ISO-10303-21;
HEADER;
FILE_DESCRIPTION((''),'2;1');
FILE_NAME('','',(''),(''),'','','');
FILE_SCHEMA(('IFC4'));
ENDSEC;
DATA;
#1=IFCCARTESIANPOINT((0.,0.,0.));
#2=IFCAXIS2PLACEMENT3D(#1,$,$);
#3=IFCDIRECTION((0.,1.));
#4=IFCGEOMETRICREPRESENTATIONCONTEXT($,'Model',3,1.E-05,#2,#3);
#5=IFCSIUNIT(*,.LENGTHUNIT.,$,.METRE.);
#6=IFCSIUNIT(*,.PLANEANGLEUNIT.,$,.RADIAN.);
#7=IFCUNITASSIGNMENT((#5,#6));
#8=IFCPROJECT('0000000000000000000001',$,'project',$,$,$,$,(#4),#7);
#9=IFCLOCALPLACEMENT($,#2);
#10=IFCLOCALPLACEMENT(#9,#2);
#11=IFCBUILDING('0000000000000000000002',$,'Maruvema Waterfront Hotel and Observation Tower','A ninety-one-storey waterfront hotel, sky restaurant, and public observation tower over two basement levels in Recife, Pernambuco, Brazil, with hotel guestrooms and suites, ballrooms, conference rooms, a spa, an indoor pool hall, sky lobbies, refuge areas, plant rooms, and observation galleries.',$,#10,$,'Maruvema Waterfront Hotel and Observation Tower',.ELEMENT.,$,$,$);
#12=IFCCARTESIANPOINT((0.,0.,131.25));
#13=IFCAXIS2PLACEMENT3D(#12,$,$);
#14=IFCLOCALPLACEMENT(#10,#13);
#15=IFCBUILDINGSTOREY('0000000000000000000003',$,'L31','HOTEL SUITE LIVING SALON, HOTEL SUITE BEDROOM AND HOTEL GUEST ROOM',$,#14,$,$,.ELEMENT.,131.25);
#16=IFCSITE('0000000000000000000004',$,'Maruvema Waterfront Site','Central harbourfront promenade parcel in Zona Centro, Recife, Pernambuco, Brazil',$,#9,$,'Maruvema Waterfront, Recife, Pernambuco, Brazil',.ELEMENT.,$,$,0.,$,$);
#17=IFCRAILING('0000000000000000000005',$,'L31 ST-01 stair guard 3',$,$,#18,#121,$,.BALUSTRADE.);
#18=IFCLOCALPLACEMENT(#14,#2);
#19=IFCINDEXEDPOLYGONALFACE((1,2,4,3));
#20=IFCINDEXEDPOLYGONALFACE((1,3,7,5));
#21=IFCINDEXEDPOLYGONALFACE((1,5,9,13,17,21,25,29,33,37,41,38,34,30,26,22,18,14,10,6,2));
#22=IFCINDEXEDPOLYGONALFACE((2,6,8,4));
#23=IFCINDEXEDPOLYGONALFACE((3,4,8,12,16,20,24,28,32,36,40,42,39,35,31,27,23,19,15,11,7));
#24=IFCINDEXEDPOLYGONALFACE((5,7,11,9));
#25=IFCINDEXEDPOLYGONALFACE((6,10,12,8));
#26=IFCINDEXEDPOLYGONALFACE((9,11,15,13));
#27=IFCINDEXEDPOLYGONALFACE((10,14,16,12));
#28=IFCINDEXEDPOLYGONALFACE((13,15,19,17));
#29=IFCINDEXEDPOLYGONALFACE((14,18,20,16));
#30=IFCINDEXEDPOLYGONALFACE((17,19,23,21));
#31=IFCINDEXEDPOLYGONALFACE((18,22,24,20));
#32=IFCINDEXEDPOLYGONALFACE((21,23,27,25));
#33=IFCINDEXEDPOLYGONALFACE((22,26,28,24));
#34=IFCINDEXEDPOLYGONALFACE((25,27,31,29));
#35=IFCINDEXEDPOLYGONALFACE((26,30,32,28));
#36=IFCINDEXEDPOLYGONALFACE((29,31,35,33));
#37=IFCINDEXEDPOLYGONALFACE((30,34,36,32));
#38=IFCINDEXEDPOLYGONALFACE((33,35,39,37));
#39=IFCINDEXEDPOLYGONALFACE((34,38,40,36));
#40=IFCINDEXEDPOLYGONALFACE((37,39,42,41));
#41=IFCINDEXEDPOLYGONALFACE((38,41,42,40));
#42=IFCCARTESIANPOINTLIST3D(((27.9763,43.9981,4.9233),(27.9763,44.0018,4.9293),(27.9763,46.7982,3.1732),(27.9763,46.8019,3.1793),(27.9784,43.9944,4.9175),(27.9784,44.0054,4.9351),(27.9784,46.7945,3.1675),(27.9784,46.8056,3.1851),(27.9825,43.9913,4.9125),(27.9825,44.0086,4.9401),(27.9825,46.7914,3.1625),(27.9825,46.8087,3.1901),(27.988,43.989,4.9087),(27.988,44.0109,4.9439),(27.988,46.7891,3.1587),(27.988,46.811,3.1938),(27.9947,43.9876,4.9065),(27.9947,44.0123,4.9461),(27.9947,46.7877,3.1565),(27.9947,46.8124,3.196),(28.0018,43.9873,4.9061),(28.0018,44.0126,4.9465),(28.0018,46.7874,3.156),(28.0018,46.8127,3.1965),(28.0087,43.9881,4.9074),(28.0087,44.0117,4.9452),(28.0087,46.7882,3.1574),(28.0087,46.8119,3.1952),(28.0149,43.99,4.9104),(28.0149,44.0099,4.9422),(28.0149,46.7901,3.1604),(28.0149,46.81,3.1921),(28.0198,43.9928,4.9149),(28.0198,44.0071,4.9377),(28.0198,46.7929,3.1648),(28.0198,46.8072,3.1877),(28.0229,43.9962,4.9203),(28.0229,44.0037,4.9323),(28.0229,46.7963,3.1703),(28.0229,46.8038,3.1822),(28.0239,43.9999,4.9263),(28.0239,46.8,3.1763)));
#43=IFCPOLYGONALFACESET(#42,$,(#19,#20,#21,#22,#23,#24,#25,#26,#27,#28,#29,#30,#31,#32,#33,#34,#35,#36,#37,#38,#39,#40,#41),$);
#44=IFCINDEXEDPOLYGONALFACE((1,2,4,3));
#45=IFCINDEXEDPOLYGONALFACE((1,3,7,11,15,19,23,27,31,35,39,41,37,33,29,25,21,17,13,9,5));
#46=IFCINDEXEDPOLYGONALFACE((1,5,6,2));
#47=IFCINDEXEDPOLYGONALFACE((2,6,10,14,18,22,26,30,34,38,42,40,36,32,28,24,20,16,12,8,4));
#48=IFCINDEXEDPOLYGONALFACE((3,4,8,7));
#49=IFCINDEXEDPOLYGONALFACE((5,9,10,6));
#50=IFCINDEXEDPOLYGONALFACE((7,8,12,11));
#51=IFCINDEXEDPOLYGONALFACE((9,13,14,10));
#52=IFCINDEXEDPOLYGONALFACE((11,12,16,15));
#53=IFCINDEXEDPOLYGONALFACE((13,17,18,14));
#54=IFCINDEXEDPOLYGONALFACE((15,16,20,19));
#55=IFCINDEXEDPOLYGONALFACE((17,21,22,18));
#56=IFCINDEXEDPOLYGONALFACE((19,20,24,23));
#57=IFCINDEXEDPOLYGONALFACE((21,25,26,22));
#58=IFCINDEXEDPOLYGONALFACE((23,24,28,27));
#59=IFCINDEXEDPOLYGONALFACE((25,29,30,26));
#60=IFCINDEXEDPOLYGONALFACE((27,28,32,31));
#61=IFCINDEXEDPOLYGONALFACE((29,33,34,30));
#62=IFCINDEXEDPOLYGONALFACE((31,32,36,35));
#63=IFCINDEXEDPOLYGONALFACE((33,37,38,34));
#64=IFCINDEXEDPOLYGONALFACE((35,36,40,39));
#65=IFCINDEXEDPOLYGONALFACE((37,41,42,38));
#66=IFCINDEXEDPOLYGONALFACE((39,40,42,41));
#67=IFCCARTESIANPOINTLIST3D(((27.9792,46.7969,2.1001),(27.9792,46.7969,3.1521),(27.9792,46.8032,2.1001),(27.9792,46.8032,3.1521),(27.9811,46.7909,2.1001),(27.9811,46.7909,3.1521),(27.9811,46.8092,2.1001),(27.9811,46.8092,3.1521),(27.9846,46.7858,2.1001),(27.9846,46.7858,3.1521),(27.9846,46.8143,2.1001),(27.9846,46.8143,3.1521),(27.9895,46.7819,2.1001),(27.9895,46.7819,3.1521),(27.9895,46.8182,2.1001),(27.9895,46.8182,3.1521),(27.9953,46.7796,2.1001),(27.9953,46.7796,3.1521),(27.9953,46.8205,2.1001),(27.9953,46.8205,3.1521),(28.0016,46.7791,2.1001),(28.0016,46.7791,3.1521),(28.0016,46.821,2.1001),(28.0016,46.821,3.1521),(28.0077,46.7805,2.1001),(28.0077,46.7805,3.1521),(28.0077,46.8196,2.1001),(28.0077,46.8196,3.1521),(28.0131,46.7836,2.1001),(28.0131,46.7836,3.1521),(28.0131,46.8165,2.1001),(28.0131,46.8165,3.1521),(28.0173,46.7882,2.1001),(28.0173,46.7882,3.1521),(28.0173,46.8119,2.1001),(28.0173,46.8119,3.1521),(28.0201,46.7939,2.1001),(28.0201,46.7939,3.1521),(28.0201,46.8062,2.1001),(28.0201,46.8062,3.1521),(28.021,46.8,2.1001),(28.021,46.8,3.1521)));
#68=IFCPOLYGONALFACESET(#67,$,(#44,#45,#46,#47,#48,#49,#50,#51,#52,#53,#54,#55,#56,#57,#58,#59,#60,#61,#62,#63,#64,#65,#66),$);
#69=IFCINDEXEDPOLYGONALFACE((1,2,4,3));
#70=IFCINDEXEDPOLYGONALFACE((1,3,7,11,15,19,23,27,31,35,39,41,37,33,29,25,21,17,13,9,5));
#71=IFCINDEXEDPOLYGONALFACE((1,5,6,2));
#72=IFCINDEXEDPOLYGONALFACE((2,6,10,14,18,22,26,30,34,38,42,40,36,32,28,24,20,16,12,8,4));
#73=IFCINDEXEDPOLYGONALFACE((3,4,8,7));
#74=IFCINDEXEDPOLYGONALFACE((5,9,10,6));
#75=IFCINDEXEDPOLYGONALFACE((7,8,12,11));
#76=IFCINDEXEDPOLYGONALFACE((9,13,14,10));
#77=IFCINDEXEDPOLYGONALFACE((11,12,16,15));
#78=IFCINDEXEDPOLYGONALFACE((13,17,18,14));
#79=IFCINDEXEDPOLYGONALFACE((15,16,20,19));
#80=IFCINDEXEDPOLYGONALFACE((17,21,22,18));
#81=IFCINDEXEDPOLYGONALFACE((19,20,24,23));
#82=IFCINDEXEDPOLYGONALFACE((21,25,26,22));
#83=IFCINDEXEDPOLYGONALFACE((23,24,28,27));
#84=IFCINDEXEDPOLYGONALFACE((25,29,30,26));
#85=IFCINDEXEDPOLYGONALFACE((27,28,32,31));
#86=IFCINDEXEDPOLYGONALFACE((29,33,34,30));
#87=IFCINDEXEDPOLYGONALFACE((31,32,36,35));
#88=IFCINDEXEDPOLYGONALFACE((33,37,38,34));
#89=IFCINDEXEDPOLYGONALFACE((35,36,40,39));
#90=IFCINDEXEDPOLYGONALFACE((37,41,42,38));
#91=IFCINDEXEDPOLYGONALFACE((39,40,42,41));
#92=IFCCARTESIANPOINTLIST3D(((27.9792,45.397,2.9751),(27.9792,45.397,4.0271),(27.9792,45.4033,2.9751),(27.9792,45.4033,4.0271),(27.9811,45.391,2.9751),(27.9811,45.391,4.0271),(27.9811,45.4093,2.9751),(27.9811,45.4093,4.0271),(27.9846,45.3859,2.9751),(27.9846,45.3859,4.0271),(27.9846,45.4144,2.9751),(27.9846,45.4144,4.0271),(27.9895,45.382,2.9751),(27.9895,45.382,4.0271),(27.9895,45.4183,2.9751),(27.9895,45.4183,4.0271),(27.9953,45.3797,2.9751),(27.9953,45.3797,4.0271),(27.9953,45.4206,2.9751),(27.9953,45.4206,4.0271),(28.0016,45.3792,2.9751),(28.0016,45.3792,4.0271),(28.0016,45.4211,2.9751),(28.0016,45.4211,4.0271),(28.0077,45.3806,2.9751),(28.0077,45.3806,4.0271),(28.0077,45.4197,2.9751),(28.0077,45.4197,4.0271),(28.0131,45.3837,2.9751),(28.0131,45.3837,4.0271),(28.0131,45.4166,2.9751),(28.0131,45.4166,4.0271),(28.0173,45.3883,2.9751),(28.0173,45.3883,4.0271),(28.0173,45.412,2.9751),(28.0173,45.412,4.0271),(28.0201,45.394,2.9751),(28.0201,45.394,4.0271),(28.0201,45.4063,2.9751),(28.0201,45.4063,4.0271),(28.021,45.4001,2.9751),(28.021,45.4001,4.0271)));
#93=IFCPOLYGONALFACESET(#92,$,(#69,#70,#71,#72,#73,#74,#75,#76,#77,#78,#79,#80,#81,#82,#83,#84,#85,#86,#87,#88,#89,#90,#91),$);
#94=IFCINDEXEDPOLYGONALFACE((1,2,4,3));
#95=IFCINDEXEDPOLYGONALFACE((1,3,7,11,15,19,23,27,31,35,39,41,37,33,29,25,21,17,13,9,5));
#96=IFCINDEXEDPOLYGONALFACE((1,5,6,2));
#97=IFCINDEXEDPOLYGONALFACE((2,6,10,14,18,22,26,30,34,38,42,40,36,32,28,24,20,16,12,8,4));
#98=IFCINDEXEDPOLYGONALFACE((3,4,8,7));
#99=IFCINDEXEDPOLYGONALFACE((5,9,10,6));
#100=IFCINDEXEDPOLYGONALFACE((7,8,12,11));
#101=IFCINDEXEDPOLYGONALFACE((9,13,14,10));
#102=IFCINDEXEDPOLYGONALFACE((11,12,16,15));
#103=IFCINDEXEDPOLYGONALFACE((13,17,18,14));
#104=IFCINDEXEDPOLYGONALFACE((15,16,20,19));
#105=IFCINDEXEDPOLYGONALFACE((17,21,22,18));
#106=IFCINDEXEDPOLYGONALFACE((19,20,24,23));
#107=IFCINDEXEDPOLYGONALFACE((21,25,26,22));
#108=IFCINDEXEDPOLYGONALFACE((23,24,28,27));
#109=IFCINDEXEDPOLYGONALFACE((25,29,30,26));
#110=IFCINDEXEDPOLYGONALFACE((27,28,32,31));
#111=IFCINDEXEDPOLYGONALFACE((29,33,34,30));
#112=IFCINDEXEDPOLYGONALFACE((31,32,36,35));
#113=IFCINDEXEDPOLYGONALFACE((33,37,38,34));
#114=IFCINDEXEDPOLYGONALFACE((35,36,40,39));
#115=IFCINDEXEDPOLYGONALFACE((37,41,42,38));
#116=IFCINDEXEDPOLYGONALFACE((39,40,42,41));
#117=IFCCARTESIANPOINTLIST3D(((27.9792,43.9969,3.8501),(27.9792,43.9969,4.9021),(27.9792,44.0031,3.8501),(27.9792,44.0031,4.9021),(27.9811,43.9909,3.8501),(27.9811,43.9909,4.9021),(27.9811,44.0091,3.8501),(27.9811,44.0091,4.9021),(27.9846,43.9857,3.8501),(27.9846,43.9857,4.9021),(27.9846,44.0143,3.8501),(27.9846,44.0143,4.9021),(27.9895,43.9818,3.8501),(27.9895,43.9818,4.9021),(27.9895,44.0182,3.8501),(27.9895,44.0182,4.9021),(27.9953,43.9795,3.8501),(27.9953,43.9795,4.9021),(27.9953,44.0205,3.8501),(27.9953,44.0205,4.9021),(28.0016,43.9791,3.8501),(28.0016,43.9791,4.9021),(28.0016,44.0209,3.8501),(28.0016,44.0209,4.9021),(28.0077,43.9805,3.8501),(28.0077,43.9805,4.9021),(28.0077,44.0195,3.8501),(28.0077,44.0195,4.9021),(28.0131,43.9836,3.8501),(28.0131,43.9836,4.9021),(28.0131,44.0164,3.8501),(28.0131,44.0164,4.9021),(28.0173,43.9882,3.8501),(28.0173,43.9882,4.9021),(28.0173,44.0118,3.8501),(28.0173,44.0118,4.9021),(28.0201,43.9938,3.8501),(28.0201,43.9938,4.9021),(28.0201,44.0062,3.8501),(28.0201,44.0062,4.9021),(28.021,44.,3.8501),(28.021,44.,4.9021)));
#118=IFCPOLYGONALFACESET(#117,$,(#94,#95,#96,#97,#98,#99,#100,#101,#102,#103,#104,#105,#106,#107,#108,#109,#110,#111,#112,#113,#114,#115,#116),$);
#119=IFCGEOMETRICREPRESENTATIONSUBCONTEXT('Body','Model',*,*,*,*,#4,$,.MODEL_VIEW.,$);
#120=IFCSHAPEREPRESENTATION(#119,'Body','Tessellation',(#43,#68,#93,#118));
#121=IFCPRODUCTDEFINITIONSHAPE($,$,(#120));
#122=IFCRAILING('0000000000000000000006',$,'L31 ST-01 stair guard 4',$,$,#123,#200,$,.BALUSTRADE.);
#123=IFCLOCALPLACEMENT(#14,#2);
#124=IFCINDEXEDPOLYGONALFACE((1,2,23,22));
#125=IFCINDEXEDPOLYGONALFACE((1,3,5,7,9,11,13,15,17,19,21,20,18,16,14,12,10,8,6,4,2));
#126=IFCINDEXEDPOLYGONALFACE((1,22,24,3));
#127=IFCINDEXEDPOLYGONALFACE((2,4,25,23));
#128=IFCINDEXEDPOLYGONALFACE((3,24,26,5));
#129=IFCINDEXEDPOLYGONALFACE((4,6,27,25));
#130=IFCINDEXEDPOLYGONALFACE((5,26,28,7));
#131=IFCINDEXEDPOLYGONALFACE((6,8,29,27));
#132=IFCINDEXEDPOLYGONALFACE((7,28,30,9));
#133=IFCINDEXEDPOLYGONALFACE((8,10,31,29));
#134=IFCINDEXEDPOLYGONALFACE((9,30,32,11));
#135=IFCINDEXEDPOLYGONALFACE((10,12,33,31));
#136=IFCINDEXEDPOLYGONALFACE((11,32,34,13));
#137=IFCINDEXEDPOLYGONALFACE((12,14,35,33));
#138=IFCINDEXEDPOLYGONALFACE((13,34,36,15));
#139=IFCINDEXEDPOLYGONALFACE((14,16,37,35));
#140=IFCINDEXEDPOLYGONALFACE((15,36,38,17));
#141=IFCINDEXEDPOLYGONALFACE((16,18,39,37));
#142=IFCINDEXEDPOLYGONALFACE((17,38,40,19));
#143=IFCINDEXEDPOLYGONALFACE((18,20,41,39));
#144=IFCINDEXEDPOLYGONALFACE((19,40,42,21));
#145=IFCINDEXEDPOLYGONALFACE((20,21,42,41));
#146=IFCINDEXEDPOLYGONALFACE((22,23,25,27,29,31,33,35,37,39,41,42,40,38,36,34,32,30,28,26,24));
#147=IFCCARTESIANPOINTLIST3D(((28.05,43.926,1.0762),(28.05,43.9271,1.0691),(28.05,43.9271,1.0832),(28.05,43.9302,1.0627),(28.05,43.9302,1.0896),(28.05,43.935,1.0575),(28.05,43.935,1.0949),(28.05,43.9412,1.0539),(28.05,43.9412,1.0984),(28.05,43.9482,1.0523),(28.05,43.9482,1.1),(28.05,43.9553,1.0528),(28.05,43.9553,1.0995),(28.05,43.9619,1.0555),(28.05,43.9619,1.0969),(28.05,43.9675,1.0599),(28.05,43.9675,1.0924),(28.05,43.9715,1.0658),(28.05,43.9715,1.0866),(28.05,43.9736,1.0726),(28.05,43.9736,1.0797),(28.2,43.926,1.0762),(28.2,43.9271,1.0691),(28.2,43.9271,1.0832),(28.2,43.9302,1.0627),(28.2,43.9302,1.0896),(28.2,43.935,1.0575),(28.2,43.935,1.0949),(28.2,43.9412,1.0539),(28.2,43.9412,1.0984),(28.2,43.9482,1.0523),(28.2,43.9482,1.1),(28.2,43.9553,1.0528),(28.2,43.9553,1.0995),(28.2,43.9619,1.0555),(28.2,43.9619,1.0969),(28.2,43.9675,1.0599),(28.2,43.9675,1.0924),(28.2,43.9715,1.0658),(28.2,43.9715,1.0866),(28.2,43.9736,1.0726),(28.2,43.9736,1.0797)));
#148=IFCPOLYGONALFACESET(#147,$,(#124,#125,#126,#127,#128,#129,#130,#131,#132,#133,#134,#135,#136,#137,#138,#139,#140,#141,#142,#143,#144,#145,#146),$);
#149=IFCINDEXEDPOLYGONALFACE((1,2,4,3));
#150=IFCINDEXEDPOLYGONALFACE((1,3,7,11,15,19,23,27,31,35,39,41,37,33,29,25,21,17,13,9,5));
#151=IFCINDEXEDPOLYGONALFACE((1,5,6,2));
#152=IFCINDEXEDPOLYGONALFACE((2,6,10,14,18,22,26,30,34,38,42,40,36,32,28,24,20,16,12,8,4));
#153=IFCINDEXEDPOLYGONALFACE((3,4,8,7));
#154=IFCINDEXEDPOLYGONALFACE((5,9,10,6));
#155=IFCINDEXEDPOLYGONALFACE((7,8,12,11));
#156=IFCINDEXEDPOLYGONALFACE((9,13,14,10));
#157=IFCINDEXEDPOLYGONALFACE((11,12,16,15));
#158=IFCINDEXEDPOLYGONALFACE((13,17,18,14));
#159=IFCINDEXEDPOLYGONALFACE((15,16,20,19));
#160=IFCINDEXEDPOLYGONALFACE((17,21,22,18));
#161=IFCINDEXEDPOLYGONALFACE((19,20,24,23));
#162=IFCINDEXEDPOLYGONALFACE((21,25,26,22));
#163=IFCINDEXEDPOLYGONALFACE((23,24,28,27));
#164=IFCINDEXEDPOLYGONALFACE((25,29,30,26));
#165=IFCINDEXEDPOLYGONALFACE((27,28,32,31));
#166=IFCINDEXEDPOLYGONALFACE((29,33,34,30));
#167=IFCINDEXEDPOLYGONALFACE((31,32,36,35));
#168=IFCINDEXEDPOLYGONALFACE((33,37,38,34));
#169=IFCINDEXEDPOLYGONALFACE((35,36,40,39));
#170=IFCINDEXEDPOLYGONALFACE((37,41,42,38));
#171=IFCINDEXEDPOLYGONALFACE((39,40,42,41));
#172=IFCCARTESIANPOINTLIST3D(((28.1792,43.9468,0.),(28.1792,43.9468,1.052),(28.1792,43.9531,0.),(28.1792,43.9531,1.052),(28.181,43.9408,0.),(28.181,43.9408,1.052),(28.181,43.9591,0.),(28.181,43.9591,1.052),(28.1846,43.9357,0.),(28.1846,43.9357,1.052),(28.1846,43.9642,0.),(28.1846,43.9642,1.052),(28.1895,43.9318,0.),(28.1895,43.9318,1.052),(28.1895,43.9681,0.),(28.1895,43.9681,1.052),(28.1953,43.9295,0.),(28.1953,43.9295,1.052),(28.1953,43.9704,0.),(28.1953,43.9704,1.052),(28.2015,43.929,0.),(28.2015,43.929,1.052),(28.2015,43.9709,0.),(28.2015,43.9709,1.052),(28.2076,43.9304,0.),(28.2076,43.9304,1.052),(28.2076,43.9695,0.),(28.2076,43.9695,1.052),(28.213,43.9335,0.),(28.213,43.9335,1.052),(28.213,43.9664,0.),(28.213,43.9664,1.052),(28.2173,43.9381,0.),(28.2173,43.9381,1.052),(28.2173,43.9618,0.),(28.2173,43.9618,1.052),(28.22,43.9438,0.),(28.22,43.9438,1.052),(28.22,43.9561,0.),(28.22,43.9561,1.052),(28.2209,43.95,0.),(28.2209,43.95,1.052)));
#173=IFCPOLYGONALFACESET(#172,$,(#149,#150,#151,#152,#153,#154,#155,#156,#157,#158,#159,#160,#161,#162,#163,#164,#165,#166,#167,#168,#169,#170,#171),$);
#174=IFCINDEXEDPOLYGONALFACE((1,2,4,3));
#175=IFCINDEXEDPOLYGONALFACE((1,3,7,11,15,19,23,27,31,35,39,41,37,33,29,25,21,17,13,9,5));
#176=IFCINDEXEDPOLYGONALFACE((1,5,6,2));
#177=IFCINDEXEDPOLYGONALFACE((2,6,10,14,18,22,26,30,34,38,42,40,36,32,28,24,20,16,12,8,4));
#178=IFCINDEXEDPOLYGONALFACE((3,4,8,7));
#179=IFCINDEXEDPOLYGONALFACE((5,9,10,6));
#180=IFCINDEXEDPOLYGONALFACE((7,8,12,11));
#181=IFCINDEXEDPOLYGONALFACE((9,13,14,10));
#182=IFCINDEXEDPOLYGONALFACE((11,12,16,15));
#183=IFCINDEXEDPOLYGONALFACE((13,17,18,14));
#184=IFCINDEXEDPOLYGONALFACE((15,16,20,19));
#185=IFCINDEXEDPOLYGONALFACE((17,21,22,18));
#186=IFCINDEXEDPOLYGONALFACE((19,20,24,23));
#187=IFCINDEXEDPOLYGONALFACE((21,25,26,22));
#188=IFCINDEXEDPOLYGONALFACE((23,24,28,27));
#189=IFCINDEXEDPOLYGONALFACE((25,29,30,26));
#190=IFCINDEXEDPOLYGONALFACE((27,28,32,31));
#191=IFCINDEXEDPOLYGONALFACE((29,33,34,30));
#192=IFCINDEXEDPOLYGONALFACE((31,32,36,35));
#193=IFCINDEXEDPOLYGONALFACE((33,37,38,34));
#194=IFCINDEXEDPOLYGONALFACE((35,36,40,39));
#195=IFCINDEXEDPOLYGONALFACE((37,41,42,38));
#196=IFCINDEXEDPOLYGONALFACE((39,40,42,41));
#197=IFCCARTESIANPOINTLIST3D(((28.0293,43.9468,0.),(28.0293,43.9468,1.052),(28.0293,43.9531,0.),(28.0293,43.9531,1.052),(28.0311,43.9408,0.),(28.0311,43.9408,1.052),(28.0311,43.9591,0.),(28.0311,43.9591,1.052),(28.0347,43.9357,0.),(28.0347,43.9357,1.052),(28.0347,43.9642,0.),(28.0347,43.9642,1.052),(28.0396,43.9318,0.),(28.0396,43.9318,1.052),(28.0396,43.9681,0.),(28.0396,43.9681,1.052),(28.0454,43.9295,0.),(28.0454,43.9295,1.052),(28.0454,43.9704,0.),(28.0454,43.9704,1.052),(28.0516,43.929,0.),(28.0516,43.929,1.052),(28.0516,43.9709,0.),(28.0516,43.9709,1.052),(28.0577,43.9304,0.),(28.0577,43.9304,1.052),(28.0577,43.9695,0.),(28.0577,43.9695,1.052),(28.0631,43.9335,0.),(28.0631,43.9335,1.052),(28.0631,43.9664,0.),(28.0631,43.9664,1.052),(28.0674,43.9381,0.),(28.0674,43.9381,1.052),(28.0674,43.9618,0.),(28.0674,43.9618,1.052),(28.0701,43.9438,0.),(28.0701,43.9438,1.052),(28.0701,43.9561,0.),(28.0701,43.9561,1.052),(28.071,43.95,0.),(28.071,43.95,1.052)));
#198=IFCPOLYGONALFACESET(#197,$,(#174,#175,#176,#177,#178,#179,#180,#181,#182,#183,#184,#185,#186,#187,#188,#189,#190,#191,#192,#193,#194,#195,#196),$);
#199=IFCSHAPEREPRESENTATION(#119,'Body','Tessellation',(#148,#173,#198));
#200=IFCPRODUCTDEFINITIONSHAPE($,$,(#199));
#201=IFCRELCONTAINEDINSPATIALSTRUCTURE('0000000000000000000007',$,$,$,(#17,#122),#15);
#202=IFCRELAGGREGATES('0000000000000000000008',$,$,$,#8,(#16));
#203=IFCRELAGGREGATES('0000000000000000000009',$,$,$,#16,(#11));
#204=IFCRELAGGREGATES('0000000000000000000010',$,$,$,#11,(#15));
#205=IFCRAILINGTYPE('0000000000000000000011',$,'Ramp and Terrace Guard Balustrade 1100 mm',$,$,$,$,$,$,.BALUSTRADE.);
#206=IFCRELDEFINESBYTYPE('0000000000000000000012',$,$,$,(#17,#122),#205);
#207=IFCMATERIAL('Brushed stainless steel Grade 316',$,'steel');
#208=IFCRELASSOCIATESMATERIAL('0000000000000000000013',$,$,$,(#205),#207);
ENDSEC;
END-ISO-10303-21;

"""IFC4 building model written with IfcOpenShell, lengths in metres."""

from ifc_helpers import new_model, si_unit, direction, frame, origin, origin_2d, place, context, subcontext, project, spatial, circle, extrude, material, type_object, element, save


model = new_model("IFC4")

# Units and contexts
model_context = context("Model", 3, precision=1e-05, world=origin(), true_north=direction((0.0, 1.0)))
body_context = subcontext(model_context, "Body", "Model", "MODEL_VIEW")
ifc_project = project(units=[si_unit("LENGTHUNIT", "METRE"), si_unit("PLANEANGLEUNIT", "RADIAN")], contexts=[model_context])

# Site, building, storey
site_placement = place(None, origin())
site = spatial("IfcSite", under=ifc_project, at=site_placement, Name="Maruvema Waterfront Site", Description="Central harbourfront promenade parcel in Zona Centro, Recife, Pernambuco, Brazil", LongName="Maruvema Waterfront, Recife, Pernambuco, Brazil", CompositionType="ELEMENT", RefElevation=0.0)
building_placement = place(site_placement, origin())
building = spatial("IfcBuilding", under=site, at=building_placement, Name="Maruvema Waterfront Hotel and Observation Tower", Description="A ninety-one-storey waterfront hotel, sky restaurant, and public observation tower over two basement levels in Recife, Pernambuco, Brazil, with hotel guestrooms and suites, ballrooms, conference rooms, a spa, an indoor pool hall, sky lobbies, refuge areas, plant rooms, and observation galleries.", LongName="Maruvema Waterfront Hotel and Observation Tower", CompositionType="ELEMENT")
storey_placement = place(building_placement, frame((0.0, 0.0, 131.25)))
storey = spatial("IfcBuildingStorey", under=building, at=storey_placement, Name="L31", Description="HOTEL SUITE LIVING SALON, HOTEL SUITE BEDROOM AND HOTEL GUEST ROOM", CompositionType="ELEMENT", Elevation=131.25)

# Railings
ifc_material_1 = material(Name="Brushed stainless steel Grade 316", Category="steel")
railing_type_1 = type_object("IfcRailingType", Name="Ramp and Terrace Guard Balustrade 1100 mm", PredefinedType="BALUSTRADE", material=ifc_material_1)
railing_1_placement = place(storey_placement, frame((28.0, 46.8, 2.1001)))
element("IfcRailing", 1, at=railing_1_placement, inside=storey, type_object=railing_type_1, Name="L31 ST-01 stair guard 3", PredefinedType="BALUSTRADE", context=body_context, shape_type="SweptSolid", body=[
    extrude(circle(Radius=0.0239, at=origin_2d()), frame((0.0, 0.0, 1.0762), z_axis=(0.0, -0.848002, 0.529992), x_axis=(1.0, 0.0, 0.0)), (0.0, 0.0, 1.0), 3.302),
    extrude(circle(Radius=0.021, at=origin_2d()), origin(), (0.0, 0.0, 1.0), 1.052),
    extrude(circle(Radius=0.021, at=origin_2d()), frame((0.0, -1.3999, 0.875)), (0.0, 0.0, 1.0), 1.052),
    extrude(circle(Radius=0.021, at=origin_2d()), frame((0.0, -2.8, 1.75)), (0.0, 0.0, 1.0), 1.052),
])
railing_2_placement = place(storey_placement, frame((28.2, 43.95, 0.0)))
element("IfcRailing", 2, at=railing_2_placement, inside=storey, type_object=railing_type_1, Name="L31 ST-01 stair guard 4", PredefinedType="BALUSTRADE", context=body_context, shape_type="SweptSolid", body=[
    extrude(circle(Radius=0.0239, at=origin_2d()), frame((0.0, 0.0, 1.0762), z_axis=(-1.0, 0.0, 0.0), x_axis=(0.0, -1.0, 0.0)), (0.0, 0.0, 1.0), 0.1499),
    extrude(circle(Radius=0.021, at=origin_2d()), origin(), (0.0, 0.0, 1.0), 1.052),
    extrude(circle(Radius=0.021, at=origin_2d()), frame((-0.1499, 0.0, 0.0)), (0.0, 0.0, 1.0), 1.052),
])

save(model, "model.ifc")
